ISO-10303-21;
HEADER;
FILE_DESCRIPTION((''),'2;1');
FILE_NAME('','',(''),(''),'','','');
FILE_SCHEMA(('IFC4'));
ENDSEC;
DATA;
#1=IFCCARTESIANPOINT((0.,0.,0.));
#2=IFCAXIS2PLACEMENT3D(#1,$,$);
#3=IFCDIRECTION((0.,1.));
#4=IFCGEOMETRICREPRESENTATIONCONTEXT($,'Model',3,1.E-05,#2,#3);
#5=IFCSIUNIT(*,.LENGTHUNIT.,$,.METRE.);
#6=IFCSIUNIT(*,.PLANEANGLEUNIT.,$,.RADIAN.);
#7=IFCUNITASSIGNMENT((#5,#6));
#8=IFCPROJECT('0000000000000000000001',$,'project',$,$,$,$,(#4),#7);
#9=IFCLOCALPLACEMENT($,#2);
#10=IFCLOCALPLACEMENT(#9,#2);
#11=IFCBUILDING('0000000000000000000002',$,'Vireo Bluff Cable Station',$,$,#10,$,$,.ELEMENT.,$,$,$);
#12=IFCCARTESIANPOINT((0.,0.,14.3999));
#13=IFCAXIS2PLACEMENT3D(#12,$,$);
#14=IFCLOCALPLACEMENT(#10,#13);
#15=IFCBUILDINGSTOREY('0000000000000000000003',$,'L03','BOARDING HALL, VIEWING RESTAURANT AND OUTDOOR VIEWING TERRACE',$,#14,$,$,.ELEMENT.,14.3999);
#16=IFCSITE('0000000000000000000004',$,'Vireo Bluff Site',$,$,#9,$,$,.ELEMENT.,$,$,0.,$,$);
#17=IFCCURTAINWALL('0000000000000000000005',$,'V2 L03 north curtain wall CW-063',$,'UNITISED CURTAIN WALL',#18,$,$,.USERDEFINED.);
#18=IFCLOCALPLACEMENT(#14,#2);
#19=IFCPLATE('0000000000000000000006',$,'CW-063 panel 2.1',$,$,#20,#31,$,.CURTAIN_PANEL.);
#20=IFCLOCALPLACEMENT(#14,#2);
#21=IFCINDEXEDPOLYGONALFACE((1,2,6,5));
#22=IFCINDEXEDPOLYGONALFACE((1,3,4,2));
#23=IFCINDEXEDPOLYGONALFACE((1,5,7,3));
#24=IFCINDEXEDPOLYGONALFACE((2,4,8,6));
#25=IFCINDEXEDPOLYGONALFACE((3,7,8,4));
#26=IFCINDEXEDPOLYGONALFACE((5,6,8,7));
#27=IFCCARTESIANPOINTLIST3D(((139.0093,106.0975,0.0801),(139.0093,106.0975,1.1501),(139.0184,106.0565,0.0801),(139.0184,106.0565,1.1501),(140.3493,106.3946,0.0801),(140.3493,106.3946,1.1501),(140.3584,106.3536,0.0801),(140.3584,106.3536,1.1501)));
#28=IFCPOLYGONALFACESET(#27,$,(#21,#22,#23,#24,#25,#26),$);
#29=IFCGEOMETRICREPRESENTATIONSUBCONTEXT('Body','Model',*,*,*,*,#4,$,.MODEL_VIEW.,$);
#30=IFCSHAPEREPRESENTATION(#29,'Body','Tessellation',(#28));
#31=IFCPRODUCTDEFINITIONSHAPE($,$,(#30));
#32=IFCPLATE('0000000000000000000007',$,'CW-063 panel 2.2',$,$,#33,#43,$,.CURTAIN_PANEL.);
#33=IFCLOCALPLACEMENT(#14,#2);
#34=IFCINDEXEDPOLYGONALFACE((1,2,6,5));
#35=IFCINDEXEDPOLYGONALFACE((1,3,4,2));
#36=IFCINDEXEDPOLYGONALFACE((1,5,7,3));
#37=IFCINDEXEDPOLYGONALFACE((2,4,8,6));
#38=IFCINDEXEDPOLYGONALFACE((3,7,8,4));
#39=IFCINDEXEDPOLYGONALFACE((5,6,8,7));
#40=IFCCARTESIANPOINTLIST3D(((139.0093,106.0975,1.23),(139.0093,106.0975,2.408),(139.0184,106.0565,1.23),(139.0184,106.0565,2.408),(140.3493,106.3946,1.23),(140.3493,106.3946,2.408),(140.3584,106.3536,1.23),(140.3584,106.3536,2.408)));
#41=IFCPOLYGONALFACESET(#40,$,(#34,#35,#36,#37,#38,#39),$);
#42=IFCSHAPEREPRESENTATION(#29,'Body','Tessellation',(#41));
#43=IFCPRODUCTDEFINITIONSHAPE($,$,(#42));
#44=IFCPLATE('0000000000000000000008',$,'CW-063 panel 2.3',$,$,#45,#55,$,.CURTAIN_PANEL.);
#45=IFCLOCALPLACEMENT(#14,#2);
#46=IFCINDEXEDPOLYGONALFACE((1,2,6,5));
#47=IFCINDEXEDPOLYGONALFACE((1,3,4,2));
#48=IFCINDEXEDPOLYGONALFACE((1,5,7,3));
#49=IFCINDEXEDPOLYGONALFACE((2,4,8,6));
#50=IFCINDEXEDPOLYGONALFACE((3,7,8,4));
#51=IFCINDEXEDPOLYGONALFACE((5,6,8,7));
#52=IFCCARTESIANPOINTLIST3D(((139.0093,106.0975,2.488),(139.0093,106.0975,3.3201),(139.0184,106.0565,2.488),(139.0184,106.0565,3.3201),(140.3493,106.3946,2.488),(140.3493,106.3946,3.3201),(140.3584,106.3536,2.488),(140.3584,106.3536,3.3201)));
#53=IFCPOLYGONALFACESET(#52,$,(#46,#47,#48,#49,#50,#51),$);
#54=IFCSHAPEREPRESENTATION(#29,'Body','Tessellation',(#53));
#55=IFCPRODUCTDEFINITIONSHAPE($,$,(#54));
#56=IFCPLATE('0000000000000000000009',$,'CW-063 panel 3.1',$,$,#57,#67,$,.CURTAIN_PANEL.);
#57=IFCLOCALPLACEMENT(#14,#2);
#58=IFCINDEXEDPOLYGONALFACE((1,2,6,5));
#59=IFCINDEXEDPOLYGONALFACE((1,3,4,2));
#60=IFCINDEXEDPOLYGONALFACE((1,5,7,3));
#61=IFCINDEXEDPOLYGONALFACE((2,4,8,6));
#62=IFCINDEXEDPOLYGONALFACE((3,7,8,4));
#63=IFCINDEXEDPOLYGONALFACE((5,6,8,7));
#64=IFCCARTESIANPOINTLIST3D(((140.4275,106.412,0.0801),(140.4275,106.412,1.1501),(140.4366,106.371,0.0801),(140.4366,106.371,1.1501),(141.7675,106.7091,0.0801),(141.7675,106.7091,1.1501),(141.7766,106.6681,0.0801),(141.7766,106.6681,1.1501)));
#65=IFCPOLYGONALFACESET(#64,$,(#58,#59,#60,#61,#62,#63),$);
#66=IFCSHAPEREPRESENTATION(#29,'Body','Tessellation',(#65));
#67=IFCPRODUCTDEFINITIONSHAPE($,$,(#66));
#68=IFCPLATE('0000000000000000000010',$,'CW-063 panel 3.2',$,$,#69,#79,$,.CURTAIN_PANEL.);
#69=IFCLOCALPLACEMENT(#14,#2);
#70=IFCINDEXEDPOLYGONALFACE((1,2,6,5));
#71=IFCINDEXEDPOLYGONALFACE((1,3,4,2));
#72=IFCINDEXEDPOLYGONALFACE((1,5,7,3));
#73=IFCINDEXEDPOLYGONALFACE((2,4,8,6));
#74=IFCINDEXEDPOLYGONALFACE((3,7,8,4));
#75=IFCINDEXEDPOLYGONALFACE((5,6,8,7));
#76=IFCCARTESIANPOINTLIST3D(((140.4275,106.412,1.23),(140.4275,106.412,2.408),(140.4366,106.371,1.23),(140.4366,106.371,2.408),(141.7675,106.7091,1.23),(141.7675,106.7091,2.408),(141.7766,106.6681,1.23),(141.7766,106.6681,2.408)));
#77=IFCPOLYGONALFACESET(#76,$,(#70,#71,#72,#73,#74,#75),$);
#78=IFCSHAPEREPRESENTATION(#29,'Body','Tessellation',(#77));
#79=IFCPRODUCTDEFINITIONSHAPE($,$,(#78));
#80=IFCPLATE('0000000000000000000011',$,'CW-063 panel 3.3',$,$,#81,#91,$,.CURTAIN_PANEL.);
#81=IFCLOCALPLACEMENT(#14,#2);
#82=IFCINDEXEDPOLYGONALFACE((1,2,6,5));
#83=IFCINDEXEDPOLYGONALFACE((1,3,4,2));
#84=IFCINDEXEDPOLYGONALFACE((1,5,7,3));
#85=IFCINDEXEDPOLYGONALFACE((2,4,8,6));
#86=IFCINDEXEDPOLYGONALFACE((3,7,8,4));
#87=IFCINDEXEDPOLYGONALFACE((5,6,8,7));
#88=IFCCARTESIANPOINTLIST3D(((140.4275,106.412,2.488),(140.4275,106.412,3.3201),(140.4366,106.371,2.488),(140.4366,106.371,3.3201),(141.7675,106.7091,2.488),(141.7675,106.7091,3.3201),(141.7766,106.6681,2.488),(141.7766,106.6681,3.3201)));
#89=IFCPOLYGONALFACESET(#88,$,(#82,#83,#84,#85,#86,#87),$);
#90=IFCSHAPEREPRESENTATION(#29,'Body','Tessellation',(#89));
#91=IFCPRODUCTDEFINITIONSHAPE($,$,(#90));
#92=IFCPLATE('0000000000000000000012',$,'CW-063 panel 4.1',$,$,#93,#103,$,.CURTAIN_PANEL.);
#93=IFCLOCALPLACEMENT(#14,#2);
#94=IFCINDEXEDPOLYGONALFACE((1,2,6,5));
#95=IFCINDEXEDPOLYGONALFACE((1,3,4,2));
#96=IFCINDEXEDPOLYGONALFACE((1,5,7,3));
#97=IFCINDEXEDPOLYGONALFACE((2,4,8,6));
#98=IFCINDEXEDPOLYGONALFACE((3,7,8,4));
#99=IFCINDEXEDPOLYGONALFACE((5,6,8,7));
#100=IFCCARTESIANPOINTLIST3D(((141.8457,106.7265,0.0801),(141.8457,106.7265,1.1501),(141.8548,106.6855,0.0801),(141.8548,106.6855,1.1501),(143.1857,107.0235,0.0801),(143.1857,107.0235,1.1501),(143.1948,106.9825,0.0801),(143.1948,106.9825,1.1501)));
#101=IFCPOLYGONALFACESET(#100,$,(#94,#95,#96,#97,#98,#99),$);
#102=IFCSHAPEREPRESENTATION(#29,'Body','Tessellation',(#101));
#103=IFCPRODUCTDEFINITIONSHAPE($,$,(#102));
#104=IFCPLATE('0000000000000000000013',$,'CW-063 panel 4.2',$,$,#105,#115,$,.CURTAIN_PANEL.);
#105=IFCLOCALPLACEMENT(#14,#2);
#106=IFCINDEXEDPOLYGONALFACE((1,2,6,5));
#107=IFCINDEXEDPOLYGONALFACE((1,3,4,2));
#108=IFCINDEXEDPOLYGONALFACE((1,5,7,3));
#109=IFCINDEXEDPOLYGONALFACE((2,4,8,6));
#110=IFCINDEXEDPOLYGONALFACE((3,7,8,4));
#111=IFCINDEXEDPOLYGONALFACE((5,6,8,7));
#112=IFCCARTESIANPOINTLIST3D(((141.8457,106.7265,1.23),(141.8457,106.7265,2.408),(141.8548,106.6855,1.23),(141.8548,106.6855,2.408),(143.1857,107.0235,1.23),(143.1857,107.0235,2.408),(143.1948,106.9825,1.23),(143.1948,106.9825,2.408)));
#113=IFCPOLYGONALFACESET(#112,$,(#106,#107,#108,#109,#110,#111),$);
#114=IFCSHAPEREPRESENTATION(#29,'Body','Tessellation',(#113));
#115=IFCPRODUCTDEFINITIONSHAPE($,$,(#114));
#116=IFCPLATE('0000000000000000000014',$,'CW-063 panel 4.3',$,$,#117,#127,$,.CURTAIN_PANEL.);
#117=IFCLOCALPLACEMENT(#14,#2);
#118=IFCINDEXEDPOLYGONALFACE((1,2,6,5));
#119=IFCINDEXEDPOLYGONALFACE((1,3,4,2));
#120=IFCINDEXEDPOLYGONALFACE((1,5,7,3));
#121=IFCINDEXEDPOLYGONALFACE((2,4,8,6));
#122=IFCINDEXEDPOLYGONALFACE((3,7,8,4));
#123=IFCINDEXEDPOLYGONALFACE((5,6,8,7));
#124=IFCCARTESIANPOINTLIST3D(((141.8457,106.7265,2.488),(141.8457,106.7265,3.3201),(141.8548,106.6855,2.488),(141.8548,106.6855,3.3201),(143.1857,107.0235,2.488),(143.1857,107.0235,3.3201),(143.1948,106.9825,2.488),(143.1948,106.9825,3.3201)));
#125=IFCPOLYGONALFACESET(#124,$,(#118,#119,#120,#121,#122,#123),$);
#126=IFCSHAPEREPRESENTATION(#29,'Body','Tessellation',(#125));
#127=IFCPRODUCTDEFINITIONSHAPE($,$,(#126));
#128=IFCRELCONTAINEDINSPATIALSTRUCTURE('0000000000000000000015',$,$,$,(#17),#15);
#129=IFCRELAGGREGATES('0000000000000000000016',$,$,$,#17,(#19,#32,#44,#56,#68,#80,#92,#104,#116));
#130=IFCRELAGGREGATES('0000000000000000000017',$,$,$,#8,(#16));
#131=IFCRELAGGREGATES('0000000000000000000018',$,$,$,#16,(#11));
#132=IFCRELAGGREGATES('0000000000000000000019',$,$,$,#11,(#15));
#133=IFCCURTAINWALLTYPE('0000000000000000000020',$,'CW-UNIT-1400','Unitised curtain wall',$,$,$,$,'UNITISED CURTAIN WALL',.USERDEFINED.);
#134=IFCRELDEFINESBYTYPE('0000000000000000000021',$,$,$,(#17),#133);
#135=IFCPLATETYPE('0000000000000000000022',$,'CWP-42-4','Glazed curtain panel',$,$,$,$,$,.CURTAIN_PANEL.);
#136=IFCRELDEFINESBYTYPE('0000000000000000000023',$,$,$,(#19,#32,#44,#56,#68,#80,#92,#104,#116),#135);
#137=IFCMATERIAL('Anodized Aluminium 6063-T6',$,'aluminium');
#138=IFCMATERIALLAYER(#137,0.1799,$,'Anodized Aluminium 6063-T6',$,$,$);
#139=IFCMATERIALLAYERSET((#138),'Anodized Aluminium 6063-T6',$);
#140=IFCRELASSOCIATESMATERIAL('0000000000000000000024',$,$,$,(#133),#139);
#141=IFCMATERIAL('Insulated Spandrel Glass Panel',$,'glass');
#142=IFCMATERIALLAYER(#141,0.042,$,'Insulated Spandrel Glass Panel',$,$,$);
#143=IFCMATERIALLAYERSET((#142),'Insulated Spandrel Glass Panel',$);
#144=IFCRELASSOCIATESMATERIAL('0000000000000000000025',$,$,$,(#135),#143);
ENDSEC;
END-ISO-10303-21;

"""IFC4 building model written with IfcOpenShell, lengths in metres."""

from ifc_helpers import new_model, si_unit, direction, frame, origin, origin_2d, place, context, subcontext, project, spatial, rectangle, extrude, material, layer, layer_set, type_object, element, aggregate, save


model = new_model("IFC4")

# Units and contexts
model_context = context("Model", 3, precision=1e-05, world=origin(), true_north=direction((0.0, 1.0)))
body_context = subcontext(model_context, "Body", "Model", "MODEL_VIEW")
ifc_project = project(units=[si_unit("LENGTHUNIT", "METRE"), si_unit("PLANEANGLEUNIT", "RADIAN")], contexts=[model_context])

# Site, building, storey
site_placement = place(None, origin())
site = spatial("IfcSite", under=ifc_project, at=site_placement, Name="Vireo Bluff Site", CompositionType="ELEMENT", RefElevation=0.0)
building_placement = place(site_placement, origin())
building = spatial("IfcBuilding", under=site, at=building_placement, Name="Vireo Bluff Cable Station", CompositionType="ELEMENT")
storey_placement = place(building_placement, frame((0.0, 0.0, 14.3999)))
storey = spatial("IfcBuildingStorey", under=building, at=storey_placement, Name="L03", Description="BOARDING HALL, VIEWING RESTAURANT AND OUTDOOR VIEWING TERRACE", CompositionType="ELEMENT", Elevation=14.3999)

# Curtain wall, plates
ifc_material_1 = material(Name="Anodized Aluminium 6063-T6", Category="aluminium")
ifc_layer_1 = layer(ifc_material_1, 0.1799, Name="Anodized Aluminium 6063-T6")
ifc_layer_set_1 = layer_set([ifc_layer_1], Name="Anodized Aluminium 6063-T6")
curtain_wall_type = type_object("IfcCurtainWallType", Name="CW-UNIT-1400", Description="Unitised curtain wall", ElementType="UNITISED CURTAIN WALL", PredefinedType="USERDEFINED", material=ifc_layer_set_1)
curtain_wall_placement = place(storey_placement, origin())
curtain_wall = element("IfcCurtainWall", 1, at=curtain_wall_placement, inside=storey, type_object=curtain_wall_type, Name="V2 L03 north curtain wall CW-063", ObjectType="UNITISED CURTAIN WALL", PredefinedType="USERDEFINED")
ifc_material_2 = material(Name="Insulated Spandrel Glass Panel", Category="glass")
ifc_layer_2 = layer(ifc_material_2, 0.042, Name="Insulated Spandrel Glass Panel")
ifc_layer_set_2 = layer_set([ifc_layer_2], Name="Insulated Spandrel Glass Panel")
plate_type = type_object("IfcPlateType", Name="CWP-42-4", Description="Glazed curtain panel", PredefinedType="CURTAIN_PANEL", material=ifc_layer_set_2)
plate_1_placement = place(storey_placement, frame((139.6838, 106.2256, 0.0801), z_axis=(0.0, 0.0, 1.0), x_axis=(0.976296, 0.21644, 0.0)))
plate_1 = element("IfcPlate", 2, at=plate_1_placement, type_object=plate_type, Name="CW-063 panel 2.1", PredefinedType="CURTAIN_PANEL", context=body_context, shape_type="SweptSolid", body=[
    extrude(rectangle(XDim=1.3726, YDim=0.042, at=origin_2d()), origin(), (0.0, 0.0, 1.0), 1.0701),
])
plate_2_placement = place(storey_placement, frame((139.6838, 106.2256, 1.23), z_axis=(0.0, 0.0, 1.0), x_axis=(0.976296, 0.21644, 0.0)))
plate_2 = element("IfcPlate", 3, at=plate_2_placement, type_object=plate_type, Name="CW-063 panel 2.2", PredefinedType="CURTAIN_PANEL", context=body_context, shape_type="SweptSolid", body=[
    extrude(rectangle(XDim=1.3726, YDim=0.042, at=origin_2d()), origin(), (0.0, 0.0, 1.0), 1.178),
])
plate_3_placement = place(storey_placement, frame((139.6838, 106.2256, 2.488), z_axis=(0.0, 0.0, 1.0), x_axis=(0.976296, 0.21644, 0.0)))
plate_3 = element("IfcPlate", 4, at=plate_3_placement, type_object=plate_type, Name="CW-063 panel 2.3", PredefinedType="CURTAIN_PANEL", context=body_context, shape_type="SweptSolid", body=[
    extrude(rectangle(XDim=1.3726, YDim=0.042, at=origin_2d()), origin(), (0.0, 0.0, 1.0), 0.832),
])
plate_4_placement = place(storey_placement, frame((141.1021, 106.54, 0.0801), z_axis=(0.0, 0.0, 1.0), x_axis=(0.976296, 0.21644, 0.0)))
plate_4 = element("IfcPlate", 5, at=plate_4_placement, type_object=plate_type, Name="CW-063 panel 3.1", PredefinedType="CURTAIN_PANEL", context=body_context, shape_type="SweptSolid", body=[
    extrude(rectangle(XDim=1.3726, YDim=0.042, at=origin_2d()), origin(), (0.0, 0.0, 1.0), 1.0701),
])
plate_5_placement = place(storey_placement, frame((141.1021, 106.54, 1.23), z_axis=(0.0, 0.0, 1.0), x_axis=(0.976296, 0.21644, 0.0)))
plate_5 = element("IfcPlate", 6, at=plate_5_placement, type_object=plate_type, Name="CW-063 panel 3.2", PredefinedType="CURTAIN_PANEL", context=body_context, shape_type="SweptSolid", body=[
    extrude(rectangle(XDim=1.3726, YDim=0.042, at=origin_2d()), origin(), (0.0, 0.0, 1.0), 1.178),
])
plate_6_placement = place(storey_placement, frame((141.1021, 106.54, 2.488), z_axis=(0.0, 0.0, 1.0), x_axis=(0.976296, 0.21644, 0.0)))
plate_6 = element("IfcPlate", 7, at=plate_6_placement, type_object=plate_type, Name="CW-063 panel 3.3", PredefinedType="CURTAIN_PANEL", context=body_context, shape_type="SweptSolid", body=[
    extrude(rectangle(XDim=1.3726, YDim=0.042, at=origin_2d()), origin(), (0.0, 0.0, 1.0), 0.832),
])
plate_7_placement = place(storey_placement, frame((142.5203, 106.8545, 0.0801), z_axis=(0.0, 0.0, 1.0), x_axis=(0.976296, 0.21644, 0.0)))
plate_7 = element("IfcPlate", 8, at=plate_7_placement, type_object=plate_type, Name="CW-063 panel 4.1", PredefinedType="CURTAIN_PANEL", context=body_context, shape_type="SweptSolid", body=[
    extrude(rectangle(XDim=1.3726, YDim=0.042, at=origin_2d()), origin(), (0.0, 0.0, 1.0), 1.0701),
])
plate_8_placement = place(storey_placement, frame((142.5203, 106.8545, 1.23), z_axis=(0.0, 0.0, 1.0), x_axis=(0.976296, 0.21644, 0.0)))
plate_8 = element("IfcPlate", 9, at=plate_8_placement, type_object=plate_type, Name="CW-063 panel 4.2", PredefinedType="CURTAIN_PANEL", context=body_context, shape_type="SweptSolid", body=[
    extrude(rectangle(XDim=1.3726, YDim=0.042, at=origin_2d()), origin(), (0.0, 0.0, 1.0), 1.178),
])
plate_9_placement = place(storey_placement, frame((142.5203, 106.8545, 2.488), z_axis=(0.0, 0.0, 1.0), x_axis=(0.976296, 0.21644, 0.0)))
plate_9 = element("IfcPlate", 10, at=plate_9_placement, type_object=plate_type, Name="CW-063 panel 4.3", PredefinedType="CURTAIN_PANEL", context=body_context, shape_type="SweptSolid", body=[
    extrude(rectangle(XDim=1.3726, YDim=0.042, at=origin_2d()), origin(), (0.0, 0.0, 1.0), 0.832),
])
aggregate(curtain_wall, [plate_1, plate_2, plate_3, plate_4, plate_5, plate_6, plate_7, plate_8, plate_9])

save(model, "model.ifc")
